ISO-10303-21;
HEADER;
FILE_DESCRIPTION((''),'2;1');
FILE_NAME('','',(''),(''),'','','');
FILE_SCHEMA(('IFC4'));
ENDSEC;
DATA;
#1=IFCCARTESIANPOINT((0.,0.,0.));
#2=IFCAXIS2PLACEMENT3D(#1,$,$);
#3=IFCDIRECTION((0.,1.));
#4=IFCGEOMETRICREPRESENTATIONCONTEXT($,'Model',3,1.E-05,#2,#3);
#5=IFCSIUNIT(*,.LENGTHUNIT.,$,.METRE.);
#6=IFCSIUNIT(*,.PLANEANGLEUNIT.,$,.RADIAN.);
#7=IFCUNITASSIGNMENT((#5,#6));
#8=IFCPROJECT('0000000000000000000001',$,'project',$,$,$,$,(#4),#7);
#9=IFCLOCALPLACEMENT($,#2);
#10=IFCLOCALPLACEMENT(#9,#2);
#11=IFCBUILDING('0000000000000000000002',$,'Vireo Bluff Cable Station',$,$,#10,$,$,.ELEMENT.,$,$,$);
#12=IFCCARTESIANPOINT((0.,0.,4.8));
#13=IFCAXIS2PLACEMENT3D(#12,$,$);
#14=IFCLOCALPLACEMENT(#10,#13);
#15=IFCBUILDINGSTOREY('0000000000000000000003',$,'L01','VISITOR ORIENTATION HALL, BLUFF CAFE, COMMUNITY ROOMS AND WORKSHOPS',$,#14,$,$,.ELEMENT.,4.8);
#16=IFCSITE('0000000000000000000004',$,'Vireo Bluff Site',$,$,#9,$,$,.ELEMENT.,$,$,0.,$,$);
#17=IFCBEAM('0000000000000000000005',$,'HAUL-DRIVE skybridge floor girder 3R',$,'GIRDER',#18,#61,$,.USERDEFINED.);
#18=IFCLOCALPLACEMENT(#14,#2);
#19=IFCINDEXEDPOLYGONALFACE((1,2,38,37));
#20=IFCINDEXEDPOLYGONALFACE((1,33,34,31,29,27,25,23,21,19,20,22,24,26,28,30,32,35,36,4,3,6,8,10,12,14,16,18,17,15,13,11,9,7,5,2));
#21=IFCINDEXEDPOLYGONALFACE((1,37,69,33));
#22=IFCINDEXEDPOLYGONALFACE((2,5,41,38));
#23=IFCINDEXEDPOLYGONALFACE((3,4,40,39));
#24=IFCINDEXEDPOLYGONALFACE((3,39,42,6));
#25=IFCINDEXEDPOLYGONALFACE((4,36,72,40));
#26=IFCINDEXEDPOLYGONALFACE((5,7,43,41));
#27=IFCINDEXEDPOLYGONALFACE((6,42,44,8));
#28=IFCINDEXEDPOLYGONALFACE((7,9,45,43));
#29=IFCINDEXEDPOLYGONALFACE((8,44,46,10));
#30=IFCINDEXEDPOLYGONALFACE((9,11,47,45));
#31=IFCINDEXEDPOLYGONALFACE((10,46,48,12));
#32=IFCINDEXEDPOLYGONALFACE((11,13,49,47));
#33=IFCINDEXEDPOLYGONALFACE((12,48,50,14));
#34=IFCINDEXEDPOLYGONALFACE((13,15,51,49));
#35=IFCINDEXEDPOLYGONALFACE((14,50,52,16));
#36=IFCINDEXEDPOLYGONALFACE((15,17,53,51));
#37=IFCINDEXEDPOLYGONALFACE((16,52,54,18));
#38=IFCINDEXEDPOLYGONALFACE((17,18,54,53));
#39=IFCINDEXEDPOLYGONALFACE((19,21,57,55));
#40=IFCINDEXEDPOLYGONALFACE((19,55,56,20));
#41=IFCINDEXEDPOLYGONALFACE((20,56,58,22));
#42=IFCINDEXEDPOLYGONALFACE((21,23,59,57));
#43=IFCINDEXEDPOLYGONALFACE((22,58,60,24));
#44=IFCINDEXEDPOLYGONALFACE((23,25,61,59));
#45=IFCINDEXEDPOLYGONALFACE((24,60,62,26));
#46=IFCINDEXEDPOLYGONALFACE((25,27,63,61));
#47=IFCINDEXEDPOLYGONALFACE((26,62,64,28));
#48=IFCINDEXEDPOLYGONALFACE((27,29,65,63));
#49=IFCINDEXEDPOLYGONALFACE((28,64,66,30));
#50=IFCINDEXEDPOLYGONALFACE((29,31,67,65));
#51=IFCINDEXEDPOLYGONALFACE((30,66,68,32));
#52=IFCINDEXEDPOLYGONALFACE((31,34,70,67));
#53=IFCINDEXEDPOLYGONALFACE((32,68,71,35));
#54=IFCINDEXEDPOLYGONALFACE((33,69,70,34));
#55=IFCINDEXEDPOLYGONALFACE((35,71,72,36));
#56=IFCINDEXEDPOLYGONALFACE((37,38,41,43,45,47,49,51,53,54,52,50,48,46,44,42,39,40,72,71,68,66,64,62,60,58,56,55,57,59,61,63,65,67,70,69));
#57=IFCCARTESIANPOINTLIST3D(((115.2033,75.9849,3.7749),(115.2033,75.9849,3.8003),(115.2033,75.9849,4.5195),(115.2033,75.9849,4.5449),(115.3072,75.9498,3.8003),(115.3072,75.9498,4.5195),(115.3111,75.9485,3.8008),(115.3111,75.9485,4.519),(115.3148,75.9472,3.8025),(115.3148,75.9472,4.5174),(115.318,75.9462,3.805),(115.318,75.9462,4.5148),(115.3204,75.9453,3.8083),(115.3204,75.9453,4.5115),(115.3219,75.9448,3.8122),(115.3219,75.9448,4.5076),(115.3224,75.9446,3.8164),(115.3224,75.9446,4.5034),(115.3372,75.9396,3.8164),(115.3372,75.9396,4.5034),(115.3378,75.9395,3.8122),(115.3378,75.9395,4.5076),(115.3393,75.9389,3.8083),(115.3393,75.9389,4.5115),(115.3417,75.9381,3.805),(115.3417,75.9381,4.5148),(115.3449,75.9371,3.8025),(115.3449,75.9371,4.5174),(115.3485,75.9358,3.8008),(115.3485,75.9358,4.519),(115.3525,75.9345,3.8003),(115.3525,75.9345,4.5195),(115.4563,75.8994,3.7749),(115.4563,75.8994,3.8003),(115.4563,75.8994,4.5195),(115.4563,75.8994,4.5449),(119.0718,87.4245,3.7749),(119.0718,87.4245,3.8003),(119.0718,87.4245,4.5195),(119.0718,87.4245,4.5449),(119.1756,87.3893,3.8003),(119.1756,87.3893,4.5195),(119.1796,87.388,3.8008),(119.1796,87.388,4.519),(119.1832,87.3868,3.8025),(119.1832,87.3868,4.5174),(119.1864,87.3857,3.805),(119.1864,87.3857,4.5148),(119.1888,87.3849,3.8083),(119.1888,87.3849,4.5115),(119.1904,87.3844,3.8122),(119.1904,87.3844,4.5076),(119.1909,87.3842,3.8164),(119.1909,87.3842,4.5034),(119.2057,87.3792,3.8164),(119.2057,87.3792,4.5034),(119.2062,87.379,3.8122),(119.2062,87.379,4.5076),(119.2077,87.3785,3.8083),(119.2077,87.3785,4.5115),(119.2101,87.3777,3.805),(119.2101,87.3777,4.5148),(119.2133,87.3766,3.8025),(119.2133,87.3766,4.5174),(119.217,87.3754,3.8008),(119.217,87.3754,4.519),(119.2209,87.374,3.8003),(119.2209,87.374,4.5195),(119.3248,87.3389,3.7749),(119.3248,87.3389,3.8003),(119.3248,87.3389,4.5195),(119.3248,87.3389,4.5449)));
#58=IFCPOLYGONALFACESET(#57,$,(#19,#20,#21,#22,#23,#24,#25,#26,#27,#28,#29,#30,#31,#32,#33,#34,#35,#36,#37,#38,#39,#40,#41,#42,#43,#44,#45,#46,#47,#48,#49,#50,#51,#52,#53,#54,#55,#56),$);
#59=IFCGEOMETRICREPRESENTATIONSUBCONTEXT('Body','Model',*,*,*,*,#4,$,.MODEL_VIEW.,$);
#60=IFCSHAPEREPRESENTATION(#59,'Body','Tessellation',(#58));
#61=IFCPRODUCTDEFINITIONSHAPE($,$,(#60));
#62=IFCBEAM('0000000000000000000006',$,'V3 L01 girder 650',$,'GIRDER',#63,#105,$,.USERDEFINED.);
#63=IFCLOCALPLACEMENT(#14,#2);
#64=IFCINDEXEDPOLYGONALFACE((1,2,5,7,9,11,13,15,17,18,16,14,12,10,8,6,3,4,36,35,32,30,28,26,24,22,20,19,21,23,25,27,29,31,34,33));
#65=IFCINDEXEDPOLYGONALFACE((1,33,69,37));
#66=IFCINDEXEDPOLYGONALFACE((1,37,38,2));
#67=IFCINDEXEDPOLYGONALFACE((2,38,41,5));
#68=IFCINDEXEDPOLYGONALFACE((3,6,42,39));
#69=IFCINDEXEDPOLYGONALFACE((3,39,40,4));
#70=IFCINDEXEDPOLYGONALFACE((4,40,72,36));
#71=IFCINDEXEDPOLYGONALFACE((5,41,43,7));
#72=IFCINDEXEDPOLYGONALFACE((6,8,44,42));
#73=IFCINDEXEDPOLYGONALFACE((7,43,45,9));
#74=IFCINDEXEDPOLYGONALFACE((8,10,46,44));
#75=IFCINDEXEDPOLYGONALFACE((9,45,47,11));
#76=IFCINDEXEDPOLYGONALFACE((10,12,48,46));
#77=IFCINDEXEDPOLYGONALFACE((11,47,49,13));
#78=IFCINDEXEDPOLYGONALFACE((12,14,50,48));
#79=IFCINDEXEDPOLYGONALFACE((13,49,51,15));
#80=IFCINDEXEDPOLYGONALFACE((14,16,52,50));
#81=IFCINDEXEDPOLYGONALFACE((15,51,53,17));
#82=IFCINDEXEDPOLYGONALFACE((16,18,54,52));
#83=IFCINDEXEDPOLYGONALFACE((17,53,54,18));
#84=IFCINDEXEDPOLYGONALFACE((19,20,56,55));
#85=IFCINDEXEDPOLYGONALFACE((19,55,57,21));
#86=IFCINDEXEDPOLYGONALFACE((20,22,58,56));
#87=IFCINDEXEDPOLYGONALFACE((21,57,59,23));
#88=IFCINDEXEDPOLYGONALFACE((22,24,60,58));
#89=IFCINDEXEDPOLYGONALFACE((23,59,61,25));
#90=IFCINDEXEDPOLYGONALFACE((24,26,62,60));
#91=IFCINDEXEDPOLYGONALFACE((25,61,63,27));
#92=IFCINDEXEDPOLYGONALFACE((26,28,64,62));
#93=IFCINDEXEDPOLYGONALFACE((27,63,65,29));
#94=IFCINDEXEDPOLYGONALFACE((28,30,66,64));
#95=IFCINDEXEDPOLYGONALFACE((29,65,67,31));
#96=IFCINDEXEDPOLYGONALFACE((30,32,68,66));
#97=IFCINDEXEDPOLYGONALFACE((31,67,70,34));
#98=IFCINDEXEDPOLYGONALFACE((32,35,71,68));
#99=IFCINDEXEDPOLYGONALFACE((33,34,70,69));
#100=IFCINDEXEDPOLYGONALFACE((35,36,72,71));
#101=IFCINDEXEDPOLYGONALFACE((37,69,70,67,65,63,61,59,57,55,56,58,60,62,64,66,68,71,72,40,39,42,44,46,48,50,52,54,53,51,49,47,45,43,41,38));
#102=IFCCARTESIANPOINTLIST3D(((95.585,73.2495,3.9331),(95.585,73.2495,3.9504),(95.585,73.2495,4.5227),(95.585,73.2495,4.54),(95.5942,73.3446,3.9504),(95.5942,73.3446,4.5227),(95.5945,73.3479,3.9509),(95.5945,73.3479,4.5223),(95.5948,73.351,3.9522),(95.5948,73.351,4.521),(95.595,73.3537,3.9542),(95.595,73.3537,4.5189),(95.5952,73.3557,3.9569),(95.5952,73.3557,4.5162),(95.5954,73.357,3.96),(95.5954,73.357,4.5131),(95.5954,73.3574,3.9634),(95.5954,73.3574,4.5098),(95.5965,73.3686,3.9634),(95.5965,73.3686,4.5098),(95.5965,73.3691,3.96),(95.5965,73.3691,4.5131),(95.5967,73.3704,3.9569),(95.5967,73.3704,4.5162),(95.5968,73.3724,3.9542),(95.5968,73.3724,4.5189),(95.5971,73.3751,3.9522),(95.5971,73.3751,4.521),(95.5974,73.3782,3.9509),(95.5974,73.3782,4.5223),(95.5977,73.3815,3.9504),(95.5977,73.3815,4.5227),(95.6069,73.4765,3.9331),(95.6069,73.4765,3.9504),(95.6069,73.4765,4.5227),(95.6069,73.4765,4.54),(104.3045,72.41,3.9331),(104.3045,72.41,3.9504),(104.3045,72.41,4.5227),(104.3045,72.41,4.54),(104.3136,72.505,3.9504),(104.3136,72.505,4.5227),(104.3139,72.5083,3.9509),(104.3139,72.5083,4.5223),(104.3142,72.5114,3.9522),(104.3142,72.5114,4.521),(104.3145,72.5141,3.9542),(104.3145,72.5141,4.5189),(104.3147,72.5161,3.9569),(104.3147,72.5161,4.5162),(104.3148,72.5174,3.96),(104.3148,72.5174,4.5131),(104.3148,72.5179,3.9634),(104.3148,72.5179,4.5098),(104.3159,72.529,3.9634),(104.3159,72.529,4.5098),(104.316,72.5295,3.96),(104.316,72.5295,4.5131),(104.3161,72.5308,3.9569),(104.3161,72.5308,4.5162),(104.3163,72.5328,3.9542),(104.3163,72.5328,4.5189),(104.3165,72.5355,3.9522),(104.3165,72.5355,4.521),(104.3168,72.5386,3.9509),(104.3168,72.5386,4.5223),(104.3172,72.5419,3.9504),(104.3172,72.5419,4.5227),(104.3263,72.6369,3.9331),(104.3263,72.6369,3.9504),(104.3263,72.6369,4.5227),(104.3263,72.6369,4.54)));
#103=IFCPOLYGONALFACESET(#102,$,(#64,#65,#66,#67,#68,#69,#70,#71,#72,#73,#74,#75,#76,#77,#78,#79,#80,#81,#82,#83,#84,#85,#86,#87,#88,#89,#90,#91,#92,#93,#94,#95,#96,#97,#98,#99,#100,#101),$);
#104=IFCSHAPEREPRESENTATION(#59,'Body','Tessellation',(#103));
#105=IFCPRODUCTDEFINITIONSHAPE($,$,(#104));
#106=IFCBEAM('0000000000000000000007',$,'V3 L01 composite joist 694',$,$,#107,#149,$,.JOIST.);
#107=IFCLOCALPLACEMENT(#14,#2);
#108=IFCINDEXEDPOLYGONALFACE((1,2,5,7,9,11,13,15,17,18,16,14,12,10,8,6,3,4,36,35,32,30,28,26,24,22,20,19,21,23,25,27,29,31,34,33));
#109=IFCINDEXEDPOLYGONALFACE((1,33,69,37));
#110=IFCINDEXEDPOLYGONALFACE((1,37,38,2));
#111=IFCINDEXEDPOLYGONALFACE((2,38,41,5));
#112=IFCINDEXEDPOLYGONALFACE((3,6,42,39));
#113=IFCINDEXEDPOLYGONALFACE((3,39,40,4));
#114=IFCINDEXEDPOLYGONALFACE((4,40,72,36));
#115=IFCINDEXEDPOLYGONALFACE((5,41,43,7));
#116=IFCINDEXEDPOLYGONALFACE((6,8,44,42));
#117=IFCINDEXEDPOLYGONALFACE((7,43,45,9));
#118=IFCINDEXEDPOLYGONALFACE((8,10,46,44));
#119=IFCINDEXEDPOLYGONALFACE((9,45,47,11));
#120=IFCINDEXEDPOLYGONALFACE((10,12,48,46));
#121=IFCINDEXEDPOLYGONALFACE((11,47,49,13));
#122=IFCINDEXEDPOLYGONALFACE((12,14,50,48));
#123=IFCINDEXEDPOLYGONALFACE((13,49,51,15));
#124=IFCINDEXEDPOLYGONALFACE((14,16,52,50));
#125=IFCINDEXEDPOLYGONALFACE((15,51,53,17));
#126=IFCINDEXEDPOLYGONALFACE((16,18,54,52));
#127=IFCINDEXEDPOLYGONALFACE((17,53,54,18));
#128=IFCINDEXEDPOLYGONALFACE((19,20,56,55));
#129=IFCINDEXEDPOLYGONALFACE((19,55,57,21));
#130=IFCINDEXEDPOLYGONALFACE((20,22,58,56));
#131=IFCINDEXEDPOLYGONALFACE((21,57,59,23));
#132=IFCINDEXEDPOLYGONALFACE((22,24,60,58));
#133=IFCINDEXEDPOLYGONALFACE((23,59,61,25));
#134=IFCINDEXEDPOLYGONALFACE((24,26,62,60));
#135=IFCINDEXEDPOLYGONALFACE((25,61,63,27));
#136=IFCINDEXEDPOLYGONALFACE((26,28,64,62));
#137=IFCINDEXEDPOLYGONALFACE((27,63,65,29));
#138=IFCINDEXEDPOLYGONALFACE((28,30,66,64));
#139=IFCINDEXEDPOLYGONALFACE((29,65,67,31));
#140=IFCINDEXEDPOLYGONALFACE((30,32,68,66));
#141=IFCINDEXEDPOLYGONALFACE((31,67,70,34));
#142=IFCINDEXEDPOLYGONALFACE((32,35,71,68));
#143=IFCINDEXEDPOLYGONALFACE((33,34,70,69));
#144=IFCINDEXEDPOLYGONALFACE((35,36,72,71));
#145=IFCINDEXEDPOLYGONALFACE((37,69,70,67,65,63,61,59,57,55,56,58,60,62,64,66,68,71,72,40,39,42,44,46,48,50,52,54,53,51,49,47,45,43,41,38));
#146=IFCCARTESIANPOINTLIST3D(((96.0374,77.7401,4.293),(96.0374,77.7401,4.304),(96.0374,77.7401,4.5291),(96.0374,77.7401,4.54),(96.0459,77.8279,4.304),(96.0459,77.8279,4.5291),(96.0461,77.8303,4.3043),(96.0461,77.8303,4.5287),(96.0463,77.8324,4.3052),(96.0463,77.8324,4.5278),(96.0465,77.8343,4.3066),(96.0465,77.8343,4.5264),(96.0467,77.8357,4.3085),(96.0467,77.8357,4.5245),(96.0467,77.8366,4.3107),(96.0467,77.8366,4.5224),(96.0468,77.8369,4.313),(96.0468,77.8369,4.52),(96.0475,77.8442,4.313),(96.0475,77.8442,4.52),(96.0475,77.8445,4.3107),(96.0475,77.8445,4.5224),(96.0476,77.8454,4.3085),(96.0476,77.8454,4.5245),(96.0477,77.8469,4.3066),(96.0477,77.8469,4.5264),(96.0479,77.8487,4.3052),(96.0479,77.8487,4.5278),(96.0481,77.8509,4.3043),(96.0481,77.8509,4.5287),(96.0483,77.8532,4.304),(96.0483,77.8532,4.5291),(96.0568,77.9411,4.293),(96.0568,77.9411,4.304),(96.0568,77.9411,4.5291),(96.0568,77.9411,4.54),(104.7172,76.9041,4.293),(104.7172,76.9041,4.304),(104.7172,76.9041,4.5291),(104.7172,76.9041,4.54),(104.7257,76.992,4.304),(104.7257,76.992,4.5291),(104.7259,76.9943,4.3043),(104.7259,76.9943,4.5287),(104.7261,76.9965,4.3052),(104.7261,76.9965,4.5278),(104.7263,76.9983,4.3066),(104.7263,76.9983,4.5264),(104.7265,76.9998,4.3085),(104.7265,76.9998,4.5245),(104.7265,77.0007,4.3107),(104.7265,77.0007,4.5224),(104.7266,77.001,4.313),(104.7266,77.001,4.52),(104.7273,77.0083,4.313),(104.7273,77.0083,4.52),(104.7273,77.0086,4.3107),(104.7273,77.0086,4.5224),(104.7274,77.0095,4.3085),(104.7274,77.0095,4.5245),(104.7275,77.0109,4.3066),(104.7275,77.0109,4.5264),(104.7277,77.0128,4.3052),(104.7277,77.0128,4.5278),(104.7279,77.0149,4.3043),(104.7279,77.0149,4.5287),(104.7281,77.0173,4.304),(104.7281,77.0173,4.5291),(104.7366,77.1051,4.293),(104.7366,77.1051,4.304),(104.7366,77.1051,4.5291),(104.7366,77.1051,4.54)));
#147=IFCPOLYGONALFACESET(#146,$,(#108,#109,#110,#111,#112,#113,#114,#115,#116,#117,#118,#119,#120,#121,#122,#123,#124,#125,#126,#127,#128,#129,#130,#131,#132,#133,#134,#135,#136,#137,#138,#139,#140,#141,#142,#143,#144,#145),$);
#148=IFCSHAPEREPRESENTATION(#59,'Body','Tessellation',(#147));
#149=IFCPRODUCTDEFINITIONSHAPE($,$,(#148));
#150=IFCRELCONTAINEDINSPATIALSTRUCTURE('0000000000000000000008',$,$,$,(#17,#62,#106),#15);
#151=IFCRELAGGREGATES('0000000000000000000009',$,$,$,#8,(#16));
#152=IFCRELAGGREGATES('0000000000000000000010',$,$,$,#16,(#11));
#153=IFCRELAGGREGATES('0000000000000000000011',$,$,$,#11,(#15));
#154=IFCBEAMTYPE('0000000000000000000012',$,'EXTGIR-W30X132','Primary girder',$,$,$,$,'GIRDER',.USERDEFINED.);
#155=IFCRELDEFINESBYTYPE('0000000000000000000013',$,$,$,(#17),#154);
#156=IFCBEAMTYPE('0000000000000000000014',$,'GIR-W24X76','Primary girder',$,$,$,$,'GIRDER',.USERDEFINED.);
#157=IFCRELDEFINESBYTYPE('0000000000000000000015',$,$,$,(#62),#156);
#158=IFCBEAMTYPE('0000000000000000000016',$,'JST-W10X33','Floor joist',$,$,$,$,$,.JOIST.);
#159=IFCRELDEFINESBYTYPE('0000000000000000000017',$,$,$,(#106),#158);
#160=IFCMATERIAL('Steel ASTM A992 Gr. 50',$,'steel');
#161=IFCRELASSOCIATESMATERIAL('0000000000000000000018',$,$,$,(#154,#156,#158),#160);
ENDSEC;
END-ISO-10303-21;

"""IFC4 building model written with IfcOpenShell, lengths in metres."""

from ifc_helpers import new_model, si_unit, direction, frame, origin, origin_2d, place, context, subcontext, project, spatial, i_section, extrude, material, material_profile, profile_set, type_object, element, save


model = new_model("IFC4")

# Units and contexts
model_context = context("Model", 3, precision=1e-05, world=origin(), true_north=direction((0.0, 1.0)))
body_context = subcontext(model_context, "Body", "Model", "MODEL_VIEW")
ifc_project = project(units=[si_unit("LENGTHUNIT", "METRE"), si_unit("PLANEANGLEUNIT", "RADIAN")], contexts=[model_context])

# Site, building, storey
site_placement = place(None, origin())
site = spatial("IfcSite", under=ifc_project, at=site_placement, Name="Vireo Bluff Site", CompositionType="ELEMENT", RefElevation=0.0)
building_placement = place(site_placement, origin())
building = spatial("IfcBuilding", under=site, at=building_placement, Name="Vireo Bluff Cable Station", CompositionType="ELEMENT")
storey_placement = place(building_placement, frame((0.0, 0.0, 4.8)))
storey = spatial("IfcBuildingStorey", under=building, at=storey_placement, Name="L01", Description="VISITOR ORIENTATION HALL, BLUFF CAFE, COMMUNITY ROOMS AND WORKSHOPS", CompositionType="ELEMENT", Elevation=4.8)

# Shared definitions
ifc_material_1 = material(Name="Steel ASTM A992 Gr. 50", Category="steel")

# Beams
ifc_material_profile_1 = material_profile(ifc_material_1, i_section(OverallWidth=0.2671, OverallDepth=0.77, WebThickness=0.0156, FlangeThickness=0.0254, FilletRadius=0.0161, at=origin_2d()), Name="W30X132")
ifc_profile_set_1 = profile_set([ifc_material_profile_1], Name="Steel ASTM A992 Gr. 50")
beam_type_1 = type_object("IfcBeamType", Name="EXTGIR-W30X132", Description="Primary girder", ElementType="GIRDER", PredefinedType="USERDEFINED", material=ifc_profile_set_1)
beam_1_placement = place(storey_placement, frame((115.3298, 75.9421, 4.1599), z_axis=(0.320343, 0.947302, 0.0), x_axis=(-0.947302, 0.320343, 0.0)))
element("IfcBeam", 1, at=beam_1_placement, inside=storey, type_object=beam_type_1, Name="HAUL-DRIVE skybridge floor girder 3R", ObjectType="GIRDER", PredefinedType="USERDEFINED", context=body_context, shape_type="SweptSolid", body=[
    extrude(i_section(OverallWidth=0.2671, OverallDepth=0.77, WebThickness=0.0156, FlangeThickness=0.0254, FilletRadius=0.0161, at=origin_2d()), origin(), (0.0, 0.0, 1.0), 12.0759),
])
ifc_material_profile_2 = material_profile(ifc_material_1, i_section(OverallWidth=0.228, OverallDepth=0.6069, WebThickness=0.0112, FlangeThickness=0.0173, FilletRadius=0.0129, at=origin_2d()), Name="W24X76")
ifc_profile_set_2 = profile_set([ifc_material_profile_2], Name="Steel ASTM A992 Gr. 50")
beam_type_2 = type_object("IfcBeamType", Name="GIR-W24X76", Description="Primary girder", ElementType="GIRDER", PredefinedType="USERDEFINED", material=ifc_profile_set_2)
beam_2_placement = place(storey_placement, frame((95.5959, 73.363, 4.2366), z_axis=(0.995396, -0.095847, 0.0), x_axis=(0.095847, 0.995396, 0.0)))
element("IfcBeam", 2, at=beam_2_placement, inside=storey, type_object=beam_type_2, Name="V3 L01 girder 650", ObjectType="GIRDER", PredefinedType="USERDEFINED", context=body_context, shape_type="SweptSolid", body=[
    extrude(i_section(OverallWidth=0.228, OverallDepth=0.6069, WebThickness=0.0112, FlangeThickness=0.0173, FilletRadius=0.0129, at=origin_2d()), origin(), (0.0, 0.0, 1.0), 8.7598),
])
ifc_material_profile_3 = material_profile(ifc_material_1, i_section(OverallWidth=0.2019, OverallDepth=0.2471, WebThickness=0.0073, FlangeThickness=0.011, FilletRadius=0.009, at=origin_2d()), Name="W10X33")
ifc_profile_set_3 = profile_set([ifc_material_profile_3], Name="Steel ASTM A992 Gr. 50")
beam_type_3 = type_object("IfcBeamType", Name="JST-W10X33", Description="Floor joist", PredefinedType="JOIST", material=ifc_profile_set_3)
beam_3_placement = place(storey_placement, frame((96.0471, 77.8406, 4.4165), z_axis=(0.995394, -0.095866, 0.0), x_axis=(0.095866, 0.995394, 0.0)))
element("IfcBeam", 3, at=beam_3_placement, inside=storey, type_object=beam_type_3, Name="V3 L01 composite joist 694", PredefinedType="JOIST", context=body_context, shape_type="SweptSolid", body=[
    extrude(i_section(OverallWidth=0.2019, OverallDepth=0.2471, WebThickness=0.0073, FlangeThickness=0.011, FilletRadius=0.009, at=origin_2d()), origin(), (0.0, 0.0, 1.0), 8.72),
])

save(model, "model.ifc")
